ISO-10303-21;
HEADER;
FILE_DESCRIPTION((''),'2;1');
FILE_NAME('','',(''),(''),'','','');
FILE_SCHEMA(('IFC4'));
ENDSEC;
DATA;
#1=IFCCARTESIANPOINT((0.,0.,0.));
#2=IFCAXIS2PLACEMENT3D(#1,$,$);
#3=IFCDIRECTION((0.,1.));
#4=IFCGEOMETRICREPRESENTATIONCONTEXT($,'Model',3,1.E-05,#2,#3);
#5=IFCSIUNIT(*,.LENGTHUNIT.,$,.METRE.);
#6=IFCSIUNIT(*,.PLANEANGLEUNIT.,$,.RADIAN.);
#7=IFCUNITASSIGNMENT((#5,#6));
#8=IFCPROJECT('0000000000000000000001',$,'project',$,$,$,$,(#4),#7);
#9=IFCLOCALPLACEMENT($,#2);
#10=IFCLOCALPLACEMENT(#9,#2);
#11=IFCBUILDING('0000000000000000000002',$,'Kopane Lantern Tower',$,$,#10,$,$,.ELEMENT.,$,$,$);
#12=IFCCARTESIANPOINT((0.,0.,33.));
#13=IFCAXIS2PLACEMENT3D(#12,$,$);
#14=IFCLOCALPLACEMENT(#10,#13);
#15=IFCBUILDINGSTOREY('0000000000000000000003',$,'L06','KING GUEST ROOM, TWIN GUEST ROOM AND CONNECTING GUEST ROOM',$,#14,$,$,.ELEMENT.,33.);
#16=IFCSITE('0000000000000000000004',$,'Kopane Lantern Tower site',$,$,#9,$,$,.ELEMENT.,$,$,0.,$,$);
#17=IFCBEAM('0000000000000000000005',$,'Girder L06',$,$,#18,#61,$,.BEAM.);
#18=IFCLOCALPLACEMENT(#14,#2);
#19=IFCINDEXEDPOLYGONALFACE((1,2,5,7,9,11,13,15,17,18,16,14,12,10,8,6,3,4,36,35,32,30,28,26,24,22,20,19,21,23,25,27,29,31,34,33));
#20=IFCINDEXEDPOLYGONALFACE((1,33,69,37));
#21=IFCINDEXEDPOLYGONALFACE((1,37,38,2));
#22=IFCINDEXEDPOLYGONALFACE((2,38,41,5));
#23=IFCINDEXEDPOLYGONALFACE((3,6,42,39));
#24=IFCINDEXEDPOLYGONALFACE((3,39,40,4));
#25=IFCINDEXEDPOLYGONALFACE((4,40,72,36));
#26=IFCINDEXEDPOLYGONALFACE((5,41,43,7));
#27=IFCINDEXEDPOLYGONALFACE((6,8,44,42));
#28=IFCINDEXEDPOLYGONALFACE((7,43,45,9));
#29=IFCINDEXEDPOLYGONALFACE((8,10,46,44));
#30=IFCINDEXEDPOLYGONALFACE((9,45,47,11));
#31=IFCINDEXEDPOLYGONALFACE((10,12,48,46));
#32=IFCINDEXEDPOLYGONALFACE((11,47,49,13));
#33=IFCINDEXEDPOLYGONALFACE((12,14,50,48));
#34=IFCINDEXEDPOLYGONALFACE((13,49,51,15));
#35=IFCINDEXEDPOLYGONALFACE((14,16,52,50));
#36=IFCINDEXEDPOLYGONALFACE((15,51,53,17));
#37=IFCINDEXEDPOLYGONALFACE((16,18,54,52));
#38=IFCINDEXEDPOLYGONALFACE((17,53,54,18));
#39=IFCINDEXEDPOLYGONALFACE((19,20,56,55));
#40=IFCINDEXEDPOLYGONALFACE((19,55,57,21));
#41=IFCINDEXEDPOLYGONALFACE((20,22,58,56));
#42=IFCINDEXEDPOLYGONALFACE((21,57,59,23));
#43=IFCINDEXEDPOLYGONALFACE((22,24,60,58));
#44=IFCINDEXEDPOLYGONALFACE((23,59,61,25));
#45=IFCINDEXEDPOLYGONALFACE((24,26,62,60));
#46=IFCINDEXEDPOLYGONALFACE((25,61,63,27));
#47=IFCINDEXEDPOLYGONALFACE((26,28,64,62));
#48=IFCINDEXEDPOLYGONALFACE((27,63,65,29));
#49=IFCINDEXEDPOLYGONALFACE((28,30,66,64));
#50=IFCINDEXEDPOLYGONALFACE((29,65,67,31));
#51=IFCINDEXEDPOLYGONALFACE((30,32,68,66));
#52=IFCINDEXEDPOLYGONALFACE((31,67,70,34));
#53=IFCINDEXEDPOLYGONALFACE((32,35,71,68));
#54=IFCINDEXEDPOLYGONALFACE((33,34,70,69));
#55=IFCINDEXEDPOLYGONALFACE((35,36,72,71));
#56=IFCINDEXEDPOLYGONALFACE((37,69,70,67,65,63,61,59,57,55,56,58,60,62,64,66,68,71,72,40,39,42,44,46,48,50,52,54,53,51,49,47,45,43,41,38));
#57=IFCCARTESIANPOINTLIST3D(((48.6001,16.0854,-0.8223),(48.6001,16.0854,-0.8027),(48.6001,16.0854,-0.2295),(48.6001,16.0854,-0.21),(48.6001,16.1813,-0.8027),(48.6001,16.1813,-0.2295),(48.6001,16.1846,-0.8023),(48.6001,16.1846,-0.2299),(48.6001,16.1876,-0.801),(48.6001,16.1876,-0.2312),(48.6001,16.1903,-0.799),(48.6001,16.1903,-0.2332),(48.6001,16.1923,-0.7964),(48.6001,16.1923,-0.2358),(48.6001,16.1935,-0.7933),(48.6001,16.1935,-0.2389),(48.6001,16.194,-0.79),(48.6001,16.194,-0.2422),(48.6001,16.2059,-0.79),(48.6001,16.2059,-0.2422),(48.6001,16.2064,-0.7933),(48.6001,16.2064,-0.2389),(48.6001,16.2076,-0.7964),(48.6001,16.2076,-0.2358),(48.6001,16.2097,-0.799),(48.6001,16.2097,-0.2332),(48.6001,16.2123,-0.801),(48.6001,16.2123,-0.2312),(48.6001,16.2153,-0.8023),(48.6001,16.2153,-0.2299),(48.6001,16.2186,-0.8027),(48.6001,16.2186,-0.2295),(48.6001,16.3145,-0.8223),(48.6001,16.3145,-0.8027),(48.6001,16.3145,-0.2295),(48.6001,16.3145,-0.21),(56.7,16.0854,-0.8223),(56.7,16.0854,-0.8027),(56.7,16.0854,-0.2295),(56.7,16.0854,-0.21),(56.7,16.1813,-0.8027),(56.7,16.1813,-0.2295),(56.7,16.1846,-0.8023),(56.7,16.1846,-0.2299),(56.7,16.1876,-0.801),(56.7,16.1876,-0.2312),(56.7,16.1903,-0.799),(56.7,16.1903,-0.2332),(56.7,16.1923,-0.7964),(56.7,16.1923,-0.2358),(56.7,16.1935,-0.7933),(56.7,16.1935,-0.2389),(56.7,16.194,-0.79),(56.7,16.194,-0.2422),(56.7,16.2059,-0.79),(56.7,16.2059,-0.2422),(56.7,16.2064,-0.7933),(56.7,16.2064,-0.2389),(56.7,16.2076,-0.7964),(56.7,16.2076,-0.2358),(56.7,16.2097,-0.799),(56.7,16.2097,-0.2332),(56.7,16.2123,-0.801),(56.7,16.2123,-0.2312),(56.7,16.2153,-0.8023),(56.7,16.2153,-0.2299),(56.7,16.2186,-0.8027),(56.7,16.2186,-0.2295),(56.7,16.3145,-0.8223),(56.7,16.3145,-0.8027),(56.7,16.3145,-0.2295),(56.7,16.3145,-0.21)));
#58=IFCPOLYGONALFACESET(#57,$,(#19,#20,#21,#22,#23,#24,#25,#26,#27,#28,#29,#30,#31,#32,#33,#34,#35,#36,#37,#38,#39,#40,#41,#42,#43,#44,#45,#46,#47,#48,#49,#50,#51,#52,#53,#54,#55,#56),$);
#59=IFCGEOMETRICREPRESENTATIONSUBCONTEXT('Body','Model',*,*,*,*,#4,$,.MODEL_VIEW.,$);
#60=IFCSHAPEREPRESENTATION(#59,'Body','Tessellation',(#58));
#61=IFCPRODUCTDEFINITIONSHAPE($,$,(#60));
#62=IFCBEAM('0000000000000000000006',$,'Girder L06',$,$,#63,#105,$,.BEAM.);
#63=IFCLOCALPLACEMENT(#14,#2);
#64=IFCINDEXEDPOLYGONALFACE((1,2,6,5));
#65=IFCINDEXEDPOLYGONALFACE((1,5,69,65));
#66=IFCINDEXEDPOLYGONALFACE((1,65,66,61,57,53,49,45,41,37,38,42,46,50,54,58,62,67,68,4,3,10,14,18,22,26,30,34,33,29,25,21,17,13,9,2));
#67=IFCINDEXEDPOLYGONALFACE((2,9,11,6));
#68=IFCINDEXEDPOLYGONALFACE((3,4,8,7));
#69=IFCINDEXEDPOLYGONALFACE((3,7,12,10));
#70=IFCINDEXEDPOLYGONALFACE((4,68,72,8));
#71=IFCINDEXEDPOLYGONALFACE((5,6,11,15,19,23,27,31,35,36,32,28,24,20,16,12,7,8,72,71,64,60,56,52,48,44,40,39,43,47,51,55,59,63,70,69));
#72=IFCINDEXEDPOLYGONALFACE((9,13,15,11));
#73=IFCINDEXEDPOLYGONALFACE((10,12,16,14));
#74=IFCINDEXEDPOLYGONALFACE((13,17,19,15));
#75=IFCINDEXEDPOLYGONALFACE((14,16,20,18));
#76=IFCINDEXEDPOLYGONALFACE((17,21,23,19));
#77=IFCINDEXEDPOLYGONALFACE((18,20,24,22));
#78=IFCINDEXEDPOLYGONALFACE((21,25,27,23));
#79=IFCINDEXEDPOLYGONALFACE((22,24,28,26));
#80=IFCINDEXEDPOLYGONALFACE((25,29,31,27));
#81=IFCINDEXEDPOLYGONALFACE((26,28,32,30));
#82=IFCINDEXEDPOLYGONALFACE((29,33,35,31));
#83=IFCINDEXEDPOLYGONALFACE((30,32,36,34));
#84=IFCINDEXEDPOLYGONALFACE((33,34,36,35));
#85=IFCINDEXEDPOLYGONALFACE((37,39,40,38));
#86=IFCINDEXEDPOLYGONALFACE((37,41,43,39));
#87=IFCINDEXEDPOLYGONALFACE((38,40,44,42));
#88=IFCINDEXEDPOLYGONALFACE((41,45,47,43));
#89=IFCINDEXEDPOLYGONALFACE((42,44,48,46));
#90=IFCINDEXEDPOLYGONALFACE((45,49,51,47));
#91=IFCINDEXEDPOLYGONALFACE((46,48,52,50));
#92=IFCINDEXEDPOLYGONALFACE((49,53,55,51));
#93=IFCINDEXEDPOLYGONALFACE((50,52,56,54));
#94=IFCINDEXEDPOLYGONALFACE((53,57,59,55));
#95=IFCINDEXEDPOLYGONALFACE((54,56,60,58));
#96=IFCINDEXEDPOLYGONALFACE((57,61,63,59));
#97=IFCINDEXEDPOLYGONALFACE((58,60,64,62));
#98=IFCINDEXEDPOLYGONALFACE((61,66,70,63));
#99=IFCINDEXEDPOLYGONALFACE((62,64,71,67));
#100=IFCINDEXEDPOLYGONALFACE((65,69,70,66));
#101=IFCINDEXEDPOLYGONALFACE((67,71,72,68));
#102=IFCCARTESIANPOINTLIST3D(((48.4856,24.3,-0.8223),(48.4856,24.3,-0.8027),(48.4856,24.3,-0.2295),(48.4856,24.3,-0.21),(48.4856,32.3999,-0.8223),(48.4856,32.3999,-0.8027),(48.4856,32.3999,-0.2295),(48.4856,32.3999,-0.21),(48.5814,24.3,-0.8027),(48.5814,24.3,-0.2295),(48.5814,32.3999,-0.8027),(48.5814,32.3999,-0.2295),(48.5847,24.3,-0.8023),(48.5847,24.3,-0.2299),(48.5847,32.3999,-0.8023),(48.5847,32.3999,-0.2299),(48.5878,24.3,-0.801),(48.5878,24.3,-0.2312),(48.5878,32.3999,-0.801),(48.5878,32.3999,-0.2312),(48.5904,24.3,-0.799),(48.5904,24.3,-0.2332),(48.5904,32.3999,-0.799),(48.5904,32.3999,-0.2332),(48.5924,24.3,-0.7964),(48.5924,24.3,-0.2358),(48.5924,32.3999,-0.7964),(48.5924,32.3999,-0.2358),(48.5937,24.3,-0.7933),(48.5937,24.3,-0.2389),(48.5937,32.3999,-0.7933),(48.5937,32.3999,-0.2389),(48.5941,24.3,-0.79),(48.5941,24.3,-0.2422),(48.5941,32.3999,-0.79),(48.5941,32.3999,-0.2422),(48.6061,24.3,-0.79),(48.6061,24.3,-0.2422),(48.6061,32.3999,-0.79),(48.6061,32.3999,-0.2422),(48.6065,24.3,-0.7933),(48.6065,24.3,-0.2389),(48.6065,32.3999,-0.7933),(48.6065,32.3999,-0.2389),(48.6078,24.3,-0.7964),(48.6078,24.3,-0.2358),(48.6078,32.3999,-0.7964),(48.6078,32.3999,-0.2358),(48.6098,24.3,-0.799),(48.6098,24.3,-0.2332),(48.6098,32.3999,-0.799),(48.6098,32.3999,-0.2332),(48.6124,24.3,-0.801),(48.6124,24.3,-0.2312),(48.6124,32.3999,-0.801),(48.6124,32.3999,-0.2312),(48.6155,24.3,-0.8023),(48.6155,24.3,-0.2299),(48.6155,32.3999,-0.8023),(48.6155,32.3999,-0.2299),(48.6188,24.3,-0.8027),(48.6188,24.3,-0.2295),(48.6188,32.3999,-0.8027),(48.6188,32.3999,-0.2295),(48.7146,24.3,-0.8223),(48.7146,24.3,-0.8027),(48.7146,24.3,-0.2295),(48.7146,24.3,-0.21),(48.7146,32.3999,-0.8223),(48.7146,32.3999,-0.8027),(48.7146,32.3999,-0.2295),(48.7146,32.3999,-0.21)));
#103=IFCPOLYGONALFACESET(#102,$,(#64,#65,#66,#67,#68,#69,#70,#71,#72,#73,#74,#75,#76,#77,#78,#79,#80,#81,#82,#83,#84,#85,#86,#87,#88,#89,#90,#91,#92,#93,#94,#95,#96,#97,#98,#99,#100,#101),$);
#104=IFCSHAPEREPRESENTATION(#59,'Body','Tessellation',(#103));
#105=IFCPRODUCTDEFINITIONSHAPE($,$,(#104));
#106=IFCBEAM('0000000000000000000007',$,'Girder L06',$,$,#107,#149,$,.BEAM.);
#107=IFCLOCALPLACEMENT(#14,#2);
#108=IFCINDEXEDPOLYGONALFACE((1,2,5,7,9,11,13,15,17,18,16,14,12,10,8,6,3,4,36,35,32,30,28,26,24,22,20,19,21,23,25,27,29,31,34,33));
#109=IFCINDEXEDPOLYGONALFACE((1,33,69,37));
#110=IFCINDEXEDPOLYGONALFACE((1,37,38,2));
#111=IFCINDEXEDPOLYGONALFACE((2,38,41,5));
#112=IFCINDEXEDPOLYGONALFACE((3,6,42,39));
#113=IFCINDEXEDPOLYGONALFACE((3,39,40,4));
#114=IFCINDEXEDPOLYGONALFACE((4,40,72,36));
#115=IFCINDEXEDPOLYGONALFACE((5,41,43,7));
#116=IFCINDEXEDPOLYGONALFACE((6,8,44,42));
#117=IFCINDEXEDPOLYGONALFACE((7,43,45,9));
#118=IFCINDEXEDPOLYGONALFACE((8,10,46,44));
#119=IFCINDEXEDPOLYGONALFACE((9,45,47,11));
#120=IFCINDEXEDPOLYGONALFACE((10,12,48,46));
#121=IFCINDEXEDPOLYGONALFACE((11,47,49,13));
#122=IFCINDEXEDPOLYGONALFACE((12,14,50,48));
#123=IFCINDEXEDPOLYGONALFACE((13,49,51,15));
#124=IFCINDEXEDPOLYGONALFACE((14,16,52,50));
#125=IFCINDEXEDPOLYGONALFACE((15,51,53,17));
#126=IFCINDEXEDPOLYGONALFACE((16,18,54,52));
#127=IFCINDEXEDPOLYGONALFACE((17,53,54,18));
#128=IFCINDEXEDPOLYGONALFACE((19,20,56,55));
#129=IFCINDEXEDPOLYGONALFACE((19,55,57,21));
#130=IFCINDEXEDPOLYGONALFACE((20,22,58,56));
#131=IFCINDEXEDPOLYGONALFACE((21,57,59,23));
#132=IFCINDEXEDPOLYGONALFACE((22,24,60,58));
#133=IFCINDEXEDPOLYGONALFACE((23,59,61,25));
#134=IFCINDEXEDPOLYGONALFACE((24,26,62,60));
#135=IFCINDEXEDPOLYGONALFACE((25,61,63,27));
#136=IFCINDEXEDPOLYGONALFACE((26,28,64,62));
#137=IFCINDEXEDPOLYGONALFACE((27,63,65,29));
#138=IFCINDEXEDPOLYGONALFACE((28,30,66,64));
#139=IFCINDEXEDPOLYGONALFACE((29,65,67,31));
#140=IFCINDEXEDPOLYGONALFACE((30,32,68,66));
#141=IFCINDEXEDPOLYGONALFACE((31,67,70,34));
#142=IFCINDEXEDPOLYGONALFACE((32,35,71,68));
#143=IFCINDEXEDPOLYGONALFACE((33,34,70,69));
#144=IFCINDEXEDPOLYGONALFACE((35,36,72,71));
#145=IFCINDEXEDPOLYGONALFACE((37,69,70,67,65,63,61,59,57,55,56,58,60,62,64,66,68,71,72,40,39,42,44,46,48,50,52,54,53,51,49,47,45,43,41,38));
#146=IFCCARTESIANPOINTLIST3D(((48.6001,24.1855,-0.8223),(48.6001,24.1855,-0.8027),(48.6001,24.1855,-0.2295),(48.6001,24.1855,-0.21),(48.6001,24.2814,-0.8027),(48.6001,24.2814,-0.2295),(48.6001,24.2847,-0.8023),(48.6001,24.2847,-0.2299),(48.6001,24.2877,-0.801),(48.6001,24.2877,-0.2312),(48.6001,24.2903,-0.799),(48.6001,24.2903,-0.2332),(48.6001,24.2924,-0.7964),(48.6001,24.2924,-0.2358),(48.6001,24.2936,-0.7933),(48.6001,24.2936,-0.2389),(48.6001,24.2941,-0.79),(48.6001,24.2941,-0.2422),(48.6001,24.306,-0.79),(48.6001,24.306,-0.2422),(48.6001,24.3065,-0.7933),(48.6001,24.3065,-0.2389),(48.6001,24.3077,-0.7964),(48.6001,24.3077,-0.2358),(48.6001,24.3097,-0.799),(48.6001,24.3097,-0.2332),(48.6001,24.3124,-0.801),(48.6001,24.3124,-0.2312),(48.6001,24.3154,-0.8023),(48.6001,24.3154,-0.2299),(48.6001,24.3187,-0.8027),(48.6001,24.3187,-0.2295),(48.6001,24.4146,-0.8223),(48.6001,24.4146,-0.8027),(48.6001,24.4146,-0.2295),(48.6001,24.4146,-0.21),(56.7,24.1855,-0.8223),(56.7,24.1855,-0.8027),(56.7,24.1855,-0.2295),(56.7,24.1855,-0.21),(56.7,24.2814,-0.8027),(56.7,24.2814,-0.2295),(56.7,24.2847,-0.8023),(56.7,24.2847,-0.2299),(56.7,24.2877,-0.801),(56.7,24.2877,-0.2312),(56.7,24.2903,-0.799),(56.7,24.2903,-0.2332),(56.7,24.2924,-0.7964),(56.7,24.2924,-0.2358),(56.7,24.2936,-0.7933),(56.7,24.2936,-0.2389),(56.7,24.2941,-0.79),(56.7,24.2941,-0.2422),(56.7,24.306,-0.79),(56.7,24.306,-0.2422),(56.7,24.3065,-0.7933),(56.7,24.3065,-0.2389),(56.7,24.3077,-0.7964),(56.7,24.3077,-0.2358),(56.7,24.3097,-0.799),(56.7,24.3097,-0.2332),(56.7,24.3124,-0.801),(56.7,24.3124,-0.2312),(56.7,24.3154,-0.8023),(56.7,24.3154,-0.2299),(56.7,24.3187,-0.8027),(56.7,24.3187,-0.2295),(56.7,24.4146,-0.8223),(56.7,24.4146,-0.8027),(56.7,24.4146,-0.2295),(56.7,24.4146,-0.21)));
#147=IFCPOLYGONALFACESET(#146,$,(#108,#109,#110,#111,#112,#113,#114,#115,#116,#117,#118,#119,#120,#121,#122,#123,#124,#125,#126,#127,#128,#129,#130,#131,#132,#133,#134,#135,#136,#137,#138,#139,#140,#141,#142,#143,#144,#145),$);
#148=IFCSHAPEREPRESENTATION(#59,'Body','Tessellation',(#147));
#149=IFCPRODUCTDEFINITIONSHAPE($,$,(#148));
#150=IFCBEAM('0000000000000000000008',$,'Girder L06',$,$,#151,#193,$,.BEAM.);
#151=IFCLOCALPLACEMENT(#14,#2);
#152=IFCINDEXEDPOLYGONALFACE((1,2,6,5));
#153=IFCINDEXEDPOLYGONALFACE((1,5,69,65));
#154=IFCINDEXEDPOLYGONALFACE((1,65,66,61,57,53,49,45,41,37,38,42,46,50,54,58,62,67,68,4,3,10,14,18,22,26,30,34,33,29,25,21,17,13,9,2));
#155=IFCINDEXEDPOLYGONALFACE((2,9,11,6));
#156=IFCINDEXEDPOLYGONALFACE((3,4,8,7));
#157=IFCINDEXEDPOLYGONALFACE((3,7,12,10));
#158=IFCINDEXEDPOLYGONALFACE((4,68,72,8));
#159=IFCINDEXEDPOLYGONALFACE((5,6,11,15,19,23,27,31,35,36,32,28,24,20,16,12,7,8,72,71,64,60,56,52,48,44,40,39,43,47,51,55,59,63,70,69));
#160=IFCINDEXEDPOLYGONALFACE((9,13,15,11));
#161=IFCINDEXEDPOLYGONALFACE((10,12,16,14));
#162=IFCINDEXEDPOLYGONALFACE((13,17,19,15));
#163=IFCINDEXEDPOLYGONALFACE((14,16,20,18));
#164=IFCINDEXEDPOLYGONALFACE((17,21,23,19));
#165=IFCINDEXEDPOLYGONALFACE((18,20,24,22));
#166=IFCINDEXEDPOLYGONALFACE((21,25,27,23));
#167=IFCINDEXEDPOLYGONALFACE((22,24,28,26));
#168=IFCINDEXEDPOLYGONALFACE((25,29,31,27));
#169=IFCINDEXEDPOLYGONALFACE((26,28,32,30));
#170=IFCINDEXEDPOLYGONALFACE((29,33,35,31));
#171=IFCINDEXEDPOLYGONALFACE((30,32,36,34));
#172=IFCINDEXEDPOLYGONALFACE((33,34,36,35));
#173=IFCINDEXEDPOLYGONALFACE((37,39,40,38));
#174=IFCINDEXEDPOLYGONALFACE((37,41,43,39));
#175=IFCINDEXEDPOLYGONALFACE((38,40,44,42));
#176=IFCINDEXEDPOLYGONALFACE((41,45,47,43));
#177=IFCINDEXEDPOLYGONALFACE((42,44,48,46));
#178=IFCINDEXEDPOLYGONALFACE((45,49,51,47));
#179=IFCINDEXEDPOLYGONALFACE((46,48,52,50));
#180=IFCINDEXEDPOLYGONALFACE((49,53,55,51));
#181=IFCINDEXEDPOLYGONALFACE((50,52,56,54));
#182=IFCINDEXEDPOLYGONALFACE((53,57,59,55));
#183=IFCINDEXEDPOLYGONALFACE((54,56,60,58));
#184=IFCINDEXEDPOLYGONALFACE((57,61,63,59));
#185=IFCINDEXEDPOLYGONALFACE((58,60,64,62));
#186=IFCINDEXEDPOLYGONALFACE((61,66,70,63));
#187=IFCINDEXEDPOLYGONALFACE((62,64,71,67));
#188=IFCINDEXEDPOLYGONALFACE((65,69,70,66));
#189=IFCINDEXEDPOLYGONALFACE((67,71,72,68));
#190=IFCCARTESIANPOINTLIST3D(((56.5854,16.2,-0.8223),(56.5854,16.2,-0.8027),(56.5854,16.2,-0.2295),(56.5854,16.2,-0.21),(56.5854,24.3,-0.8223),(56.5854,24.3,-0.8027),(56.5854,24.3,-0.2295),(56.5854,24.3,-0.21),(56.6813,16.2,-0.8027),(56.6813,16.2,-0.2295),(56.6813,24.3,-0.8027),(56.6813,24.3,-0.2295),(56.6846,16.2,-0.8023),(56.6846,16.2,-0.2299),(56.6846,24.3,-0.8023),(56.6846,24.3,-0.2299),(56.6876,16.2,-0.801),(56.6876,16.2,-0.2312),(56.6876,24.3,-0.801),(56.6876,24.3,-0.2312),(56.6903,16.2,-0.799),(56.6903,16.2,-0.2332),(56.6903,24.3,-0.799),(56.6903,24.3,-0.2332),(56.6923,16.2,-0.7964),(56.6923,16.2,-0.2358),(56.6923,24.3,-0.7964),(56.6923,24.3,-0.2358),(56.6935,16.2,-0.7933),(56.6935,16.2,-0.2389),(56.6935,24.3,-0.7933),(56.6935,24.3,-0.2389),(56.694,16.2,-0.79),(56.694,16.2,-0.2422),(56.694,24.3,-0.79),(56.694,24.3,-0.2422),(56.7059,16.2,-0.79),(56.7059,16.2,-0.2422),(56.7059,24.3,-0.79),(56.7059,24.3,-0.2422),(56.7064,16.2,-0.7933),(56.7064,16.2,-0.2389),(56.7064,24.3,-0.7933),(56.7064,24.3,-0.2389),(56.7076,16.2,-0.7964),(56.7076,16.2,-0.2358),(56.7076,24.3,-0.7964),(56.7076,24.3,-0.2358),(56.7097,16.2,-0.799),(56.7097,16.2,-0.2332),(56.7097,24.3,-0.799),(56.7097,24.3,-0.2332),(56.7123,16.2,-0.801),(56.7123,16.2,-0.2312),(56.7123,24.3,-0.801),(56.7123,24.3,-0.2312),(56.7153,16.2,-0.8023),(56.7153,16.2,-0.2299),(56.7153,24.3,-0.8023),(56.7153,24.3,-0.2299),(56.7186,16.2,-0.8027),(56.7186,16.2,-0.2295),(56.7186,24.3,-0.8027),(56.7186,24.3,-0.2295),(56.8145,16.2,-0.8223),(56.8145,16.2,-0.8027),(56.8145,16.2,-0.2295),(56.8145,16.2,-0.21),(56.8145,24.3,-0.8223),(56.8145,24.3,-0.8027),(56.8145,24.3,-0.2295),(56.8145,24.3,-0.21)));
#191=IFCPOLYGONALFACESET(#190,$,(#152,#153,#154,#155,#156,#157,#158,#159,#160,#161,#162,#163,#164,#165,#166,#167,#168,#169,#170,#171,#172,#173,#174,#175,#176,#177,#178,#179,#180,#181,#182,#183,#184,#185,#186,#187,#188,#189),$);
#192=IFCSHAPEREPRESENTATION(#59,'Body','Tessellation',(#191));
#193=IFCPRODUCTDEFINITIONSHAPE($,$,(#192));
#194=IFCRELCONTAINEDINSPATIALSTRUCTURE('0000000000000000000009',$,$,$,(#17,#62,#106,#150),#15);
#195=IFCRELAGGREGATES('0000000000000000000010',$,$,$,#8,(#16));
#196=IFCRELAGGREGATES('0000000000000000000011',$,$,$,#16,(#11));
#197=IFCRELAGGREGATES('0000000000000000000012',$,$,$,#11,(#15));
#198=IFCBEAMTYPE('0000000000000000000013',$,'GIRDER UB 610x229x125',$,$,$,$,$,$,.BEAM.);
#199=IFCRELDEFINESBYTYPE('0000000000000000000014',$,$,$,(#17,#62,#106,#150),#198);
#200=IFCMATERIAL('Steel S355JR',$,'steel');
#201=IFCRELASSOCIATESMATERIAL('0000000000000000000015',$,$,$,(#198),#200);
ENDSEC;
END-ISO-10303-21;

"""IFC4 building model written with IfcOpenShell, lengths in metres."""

from ifc_helpers import new_model, si_unit, direction, frame, origin, origin_2d, place, context, subcontext, project, spatial, i_section, extrude, material, material_profile, profile_set, type_object, element, save


model = new_model("IFC4")

# Units and contexts
model_context = context("Model", 3, precision=1e-05, world=origin(), true_north=direction((0.0, 1.0)))
body_context = subcontext(model_context, "Body", "Model", "MODEL_VIEW")
ifc_project = project(units=[si_unit("LENGTHUNIT", "METRE"), si_unit("PLANEANGLEUNIT", "RADIAN")], contexts=[model_context])

# Site, building, storey
site_placement = place(None, origin())
site = spatial("IfcSite", under=ifc_project, at=site_placement, Name="Kopane Lantern Tower site", CompositionType="ELEMENT", RefElevation=0.0)
building_placement = place(site_placement, origin())
building = spatial("IfcBuilding", under=site, at=building_placement, Name="Kopane Lantern Tower", CompositionType="ELEMENT")
storey_placement = place(building_placement, frame((0.0, 0.0, 33.0)))
storey = spatial("IfcBuildingStorey", under=building, at=storey_placement, Name="L06", Description="KING GUEST ROOM, TWIN GUEST ROOM AND CONNECTING GUEST ROOM", CompositionType="ELEMENT", Elevation=33.0)

# Beams
ifc_material_1 = material(Name="Steel S355JR", Category="steel")
ifc_material_profile_1 = material_profile(ifc_material_1, i_section(OverallWidth=0.229, OverallDepth=0.6123, WebThickness=0.012, FlangeThickness=0.0195, FilletRadius=0.0127, at=origin_2d()), Name="UB 610x229x125")
ifc_profile_set_1 = profile_set([ifc_material_profile_1], Name="Steel S355JR")
beam_type = type_object("IfcBeamType", Name="GIRDER UB 610x229x125", PredefinedType="BEAM", material=ifc_profile_set_1)
for number, where, z_axis, x_axis, name in (
    (1, (48.6001, 16.2, -0.5161), (1.0, 0.0, 0.0), (0.0, 1.0, 0.0), "Girder L06"),
    (2, (48.6001, 24.3, -0.5161), (0.0, 1.0, 0.0), (-1.0, 0.0, 0.0), "Girder L06"),
    (3, (48.6001, 24.3, -0.5161), (1.0, 0.0, 0.0), (0.0, 1.0, 0.0), "Girder L06"),
):
    element("IfcBeam", number, at=place(storey_placement, frame(where, z_axis=z_axis, x_axis=x_axis)), inside=storey, type_object=beam_type, Name=name, PredefinedType="BEAM", context=body_context, shape_type="SweptSolid", body=[
        extrude(i_section(OverallWidth=0.229, OverallDepth=0.6123, WebThickness=0.012, FlangeThickness=0.0195, FilletRadius=0.0127, at=origin_2d()), origin(), (0.0, 0.0, 1.0), 8.0999),
    ])
beam_1_placement = place(storey_placement, frame((56.7, 16.2, -0.5161), z_axis=(0.0, 1.0, 0.0), x_axis=(-1.0, 0.0, 0.0)))
element("IfcBeam", 4, at=beam_1_placement, inside=storey, type_object=beam_type, Name="Girder L06", PredefinedType="BEAM", context=body_context, shape_type="SweptSolid", body=[
    extrude(i_section(OverallWidth=0.229, OverallDepth=0.6123, WebThickness=0.012, FlangeThickness=0.0195, FilletRadius=0.0127, at=origin_2d()), origin(), (0.0, 0.0, 1.0), 8.1001),
])

save(model, "model.ifc")
